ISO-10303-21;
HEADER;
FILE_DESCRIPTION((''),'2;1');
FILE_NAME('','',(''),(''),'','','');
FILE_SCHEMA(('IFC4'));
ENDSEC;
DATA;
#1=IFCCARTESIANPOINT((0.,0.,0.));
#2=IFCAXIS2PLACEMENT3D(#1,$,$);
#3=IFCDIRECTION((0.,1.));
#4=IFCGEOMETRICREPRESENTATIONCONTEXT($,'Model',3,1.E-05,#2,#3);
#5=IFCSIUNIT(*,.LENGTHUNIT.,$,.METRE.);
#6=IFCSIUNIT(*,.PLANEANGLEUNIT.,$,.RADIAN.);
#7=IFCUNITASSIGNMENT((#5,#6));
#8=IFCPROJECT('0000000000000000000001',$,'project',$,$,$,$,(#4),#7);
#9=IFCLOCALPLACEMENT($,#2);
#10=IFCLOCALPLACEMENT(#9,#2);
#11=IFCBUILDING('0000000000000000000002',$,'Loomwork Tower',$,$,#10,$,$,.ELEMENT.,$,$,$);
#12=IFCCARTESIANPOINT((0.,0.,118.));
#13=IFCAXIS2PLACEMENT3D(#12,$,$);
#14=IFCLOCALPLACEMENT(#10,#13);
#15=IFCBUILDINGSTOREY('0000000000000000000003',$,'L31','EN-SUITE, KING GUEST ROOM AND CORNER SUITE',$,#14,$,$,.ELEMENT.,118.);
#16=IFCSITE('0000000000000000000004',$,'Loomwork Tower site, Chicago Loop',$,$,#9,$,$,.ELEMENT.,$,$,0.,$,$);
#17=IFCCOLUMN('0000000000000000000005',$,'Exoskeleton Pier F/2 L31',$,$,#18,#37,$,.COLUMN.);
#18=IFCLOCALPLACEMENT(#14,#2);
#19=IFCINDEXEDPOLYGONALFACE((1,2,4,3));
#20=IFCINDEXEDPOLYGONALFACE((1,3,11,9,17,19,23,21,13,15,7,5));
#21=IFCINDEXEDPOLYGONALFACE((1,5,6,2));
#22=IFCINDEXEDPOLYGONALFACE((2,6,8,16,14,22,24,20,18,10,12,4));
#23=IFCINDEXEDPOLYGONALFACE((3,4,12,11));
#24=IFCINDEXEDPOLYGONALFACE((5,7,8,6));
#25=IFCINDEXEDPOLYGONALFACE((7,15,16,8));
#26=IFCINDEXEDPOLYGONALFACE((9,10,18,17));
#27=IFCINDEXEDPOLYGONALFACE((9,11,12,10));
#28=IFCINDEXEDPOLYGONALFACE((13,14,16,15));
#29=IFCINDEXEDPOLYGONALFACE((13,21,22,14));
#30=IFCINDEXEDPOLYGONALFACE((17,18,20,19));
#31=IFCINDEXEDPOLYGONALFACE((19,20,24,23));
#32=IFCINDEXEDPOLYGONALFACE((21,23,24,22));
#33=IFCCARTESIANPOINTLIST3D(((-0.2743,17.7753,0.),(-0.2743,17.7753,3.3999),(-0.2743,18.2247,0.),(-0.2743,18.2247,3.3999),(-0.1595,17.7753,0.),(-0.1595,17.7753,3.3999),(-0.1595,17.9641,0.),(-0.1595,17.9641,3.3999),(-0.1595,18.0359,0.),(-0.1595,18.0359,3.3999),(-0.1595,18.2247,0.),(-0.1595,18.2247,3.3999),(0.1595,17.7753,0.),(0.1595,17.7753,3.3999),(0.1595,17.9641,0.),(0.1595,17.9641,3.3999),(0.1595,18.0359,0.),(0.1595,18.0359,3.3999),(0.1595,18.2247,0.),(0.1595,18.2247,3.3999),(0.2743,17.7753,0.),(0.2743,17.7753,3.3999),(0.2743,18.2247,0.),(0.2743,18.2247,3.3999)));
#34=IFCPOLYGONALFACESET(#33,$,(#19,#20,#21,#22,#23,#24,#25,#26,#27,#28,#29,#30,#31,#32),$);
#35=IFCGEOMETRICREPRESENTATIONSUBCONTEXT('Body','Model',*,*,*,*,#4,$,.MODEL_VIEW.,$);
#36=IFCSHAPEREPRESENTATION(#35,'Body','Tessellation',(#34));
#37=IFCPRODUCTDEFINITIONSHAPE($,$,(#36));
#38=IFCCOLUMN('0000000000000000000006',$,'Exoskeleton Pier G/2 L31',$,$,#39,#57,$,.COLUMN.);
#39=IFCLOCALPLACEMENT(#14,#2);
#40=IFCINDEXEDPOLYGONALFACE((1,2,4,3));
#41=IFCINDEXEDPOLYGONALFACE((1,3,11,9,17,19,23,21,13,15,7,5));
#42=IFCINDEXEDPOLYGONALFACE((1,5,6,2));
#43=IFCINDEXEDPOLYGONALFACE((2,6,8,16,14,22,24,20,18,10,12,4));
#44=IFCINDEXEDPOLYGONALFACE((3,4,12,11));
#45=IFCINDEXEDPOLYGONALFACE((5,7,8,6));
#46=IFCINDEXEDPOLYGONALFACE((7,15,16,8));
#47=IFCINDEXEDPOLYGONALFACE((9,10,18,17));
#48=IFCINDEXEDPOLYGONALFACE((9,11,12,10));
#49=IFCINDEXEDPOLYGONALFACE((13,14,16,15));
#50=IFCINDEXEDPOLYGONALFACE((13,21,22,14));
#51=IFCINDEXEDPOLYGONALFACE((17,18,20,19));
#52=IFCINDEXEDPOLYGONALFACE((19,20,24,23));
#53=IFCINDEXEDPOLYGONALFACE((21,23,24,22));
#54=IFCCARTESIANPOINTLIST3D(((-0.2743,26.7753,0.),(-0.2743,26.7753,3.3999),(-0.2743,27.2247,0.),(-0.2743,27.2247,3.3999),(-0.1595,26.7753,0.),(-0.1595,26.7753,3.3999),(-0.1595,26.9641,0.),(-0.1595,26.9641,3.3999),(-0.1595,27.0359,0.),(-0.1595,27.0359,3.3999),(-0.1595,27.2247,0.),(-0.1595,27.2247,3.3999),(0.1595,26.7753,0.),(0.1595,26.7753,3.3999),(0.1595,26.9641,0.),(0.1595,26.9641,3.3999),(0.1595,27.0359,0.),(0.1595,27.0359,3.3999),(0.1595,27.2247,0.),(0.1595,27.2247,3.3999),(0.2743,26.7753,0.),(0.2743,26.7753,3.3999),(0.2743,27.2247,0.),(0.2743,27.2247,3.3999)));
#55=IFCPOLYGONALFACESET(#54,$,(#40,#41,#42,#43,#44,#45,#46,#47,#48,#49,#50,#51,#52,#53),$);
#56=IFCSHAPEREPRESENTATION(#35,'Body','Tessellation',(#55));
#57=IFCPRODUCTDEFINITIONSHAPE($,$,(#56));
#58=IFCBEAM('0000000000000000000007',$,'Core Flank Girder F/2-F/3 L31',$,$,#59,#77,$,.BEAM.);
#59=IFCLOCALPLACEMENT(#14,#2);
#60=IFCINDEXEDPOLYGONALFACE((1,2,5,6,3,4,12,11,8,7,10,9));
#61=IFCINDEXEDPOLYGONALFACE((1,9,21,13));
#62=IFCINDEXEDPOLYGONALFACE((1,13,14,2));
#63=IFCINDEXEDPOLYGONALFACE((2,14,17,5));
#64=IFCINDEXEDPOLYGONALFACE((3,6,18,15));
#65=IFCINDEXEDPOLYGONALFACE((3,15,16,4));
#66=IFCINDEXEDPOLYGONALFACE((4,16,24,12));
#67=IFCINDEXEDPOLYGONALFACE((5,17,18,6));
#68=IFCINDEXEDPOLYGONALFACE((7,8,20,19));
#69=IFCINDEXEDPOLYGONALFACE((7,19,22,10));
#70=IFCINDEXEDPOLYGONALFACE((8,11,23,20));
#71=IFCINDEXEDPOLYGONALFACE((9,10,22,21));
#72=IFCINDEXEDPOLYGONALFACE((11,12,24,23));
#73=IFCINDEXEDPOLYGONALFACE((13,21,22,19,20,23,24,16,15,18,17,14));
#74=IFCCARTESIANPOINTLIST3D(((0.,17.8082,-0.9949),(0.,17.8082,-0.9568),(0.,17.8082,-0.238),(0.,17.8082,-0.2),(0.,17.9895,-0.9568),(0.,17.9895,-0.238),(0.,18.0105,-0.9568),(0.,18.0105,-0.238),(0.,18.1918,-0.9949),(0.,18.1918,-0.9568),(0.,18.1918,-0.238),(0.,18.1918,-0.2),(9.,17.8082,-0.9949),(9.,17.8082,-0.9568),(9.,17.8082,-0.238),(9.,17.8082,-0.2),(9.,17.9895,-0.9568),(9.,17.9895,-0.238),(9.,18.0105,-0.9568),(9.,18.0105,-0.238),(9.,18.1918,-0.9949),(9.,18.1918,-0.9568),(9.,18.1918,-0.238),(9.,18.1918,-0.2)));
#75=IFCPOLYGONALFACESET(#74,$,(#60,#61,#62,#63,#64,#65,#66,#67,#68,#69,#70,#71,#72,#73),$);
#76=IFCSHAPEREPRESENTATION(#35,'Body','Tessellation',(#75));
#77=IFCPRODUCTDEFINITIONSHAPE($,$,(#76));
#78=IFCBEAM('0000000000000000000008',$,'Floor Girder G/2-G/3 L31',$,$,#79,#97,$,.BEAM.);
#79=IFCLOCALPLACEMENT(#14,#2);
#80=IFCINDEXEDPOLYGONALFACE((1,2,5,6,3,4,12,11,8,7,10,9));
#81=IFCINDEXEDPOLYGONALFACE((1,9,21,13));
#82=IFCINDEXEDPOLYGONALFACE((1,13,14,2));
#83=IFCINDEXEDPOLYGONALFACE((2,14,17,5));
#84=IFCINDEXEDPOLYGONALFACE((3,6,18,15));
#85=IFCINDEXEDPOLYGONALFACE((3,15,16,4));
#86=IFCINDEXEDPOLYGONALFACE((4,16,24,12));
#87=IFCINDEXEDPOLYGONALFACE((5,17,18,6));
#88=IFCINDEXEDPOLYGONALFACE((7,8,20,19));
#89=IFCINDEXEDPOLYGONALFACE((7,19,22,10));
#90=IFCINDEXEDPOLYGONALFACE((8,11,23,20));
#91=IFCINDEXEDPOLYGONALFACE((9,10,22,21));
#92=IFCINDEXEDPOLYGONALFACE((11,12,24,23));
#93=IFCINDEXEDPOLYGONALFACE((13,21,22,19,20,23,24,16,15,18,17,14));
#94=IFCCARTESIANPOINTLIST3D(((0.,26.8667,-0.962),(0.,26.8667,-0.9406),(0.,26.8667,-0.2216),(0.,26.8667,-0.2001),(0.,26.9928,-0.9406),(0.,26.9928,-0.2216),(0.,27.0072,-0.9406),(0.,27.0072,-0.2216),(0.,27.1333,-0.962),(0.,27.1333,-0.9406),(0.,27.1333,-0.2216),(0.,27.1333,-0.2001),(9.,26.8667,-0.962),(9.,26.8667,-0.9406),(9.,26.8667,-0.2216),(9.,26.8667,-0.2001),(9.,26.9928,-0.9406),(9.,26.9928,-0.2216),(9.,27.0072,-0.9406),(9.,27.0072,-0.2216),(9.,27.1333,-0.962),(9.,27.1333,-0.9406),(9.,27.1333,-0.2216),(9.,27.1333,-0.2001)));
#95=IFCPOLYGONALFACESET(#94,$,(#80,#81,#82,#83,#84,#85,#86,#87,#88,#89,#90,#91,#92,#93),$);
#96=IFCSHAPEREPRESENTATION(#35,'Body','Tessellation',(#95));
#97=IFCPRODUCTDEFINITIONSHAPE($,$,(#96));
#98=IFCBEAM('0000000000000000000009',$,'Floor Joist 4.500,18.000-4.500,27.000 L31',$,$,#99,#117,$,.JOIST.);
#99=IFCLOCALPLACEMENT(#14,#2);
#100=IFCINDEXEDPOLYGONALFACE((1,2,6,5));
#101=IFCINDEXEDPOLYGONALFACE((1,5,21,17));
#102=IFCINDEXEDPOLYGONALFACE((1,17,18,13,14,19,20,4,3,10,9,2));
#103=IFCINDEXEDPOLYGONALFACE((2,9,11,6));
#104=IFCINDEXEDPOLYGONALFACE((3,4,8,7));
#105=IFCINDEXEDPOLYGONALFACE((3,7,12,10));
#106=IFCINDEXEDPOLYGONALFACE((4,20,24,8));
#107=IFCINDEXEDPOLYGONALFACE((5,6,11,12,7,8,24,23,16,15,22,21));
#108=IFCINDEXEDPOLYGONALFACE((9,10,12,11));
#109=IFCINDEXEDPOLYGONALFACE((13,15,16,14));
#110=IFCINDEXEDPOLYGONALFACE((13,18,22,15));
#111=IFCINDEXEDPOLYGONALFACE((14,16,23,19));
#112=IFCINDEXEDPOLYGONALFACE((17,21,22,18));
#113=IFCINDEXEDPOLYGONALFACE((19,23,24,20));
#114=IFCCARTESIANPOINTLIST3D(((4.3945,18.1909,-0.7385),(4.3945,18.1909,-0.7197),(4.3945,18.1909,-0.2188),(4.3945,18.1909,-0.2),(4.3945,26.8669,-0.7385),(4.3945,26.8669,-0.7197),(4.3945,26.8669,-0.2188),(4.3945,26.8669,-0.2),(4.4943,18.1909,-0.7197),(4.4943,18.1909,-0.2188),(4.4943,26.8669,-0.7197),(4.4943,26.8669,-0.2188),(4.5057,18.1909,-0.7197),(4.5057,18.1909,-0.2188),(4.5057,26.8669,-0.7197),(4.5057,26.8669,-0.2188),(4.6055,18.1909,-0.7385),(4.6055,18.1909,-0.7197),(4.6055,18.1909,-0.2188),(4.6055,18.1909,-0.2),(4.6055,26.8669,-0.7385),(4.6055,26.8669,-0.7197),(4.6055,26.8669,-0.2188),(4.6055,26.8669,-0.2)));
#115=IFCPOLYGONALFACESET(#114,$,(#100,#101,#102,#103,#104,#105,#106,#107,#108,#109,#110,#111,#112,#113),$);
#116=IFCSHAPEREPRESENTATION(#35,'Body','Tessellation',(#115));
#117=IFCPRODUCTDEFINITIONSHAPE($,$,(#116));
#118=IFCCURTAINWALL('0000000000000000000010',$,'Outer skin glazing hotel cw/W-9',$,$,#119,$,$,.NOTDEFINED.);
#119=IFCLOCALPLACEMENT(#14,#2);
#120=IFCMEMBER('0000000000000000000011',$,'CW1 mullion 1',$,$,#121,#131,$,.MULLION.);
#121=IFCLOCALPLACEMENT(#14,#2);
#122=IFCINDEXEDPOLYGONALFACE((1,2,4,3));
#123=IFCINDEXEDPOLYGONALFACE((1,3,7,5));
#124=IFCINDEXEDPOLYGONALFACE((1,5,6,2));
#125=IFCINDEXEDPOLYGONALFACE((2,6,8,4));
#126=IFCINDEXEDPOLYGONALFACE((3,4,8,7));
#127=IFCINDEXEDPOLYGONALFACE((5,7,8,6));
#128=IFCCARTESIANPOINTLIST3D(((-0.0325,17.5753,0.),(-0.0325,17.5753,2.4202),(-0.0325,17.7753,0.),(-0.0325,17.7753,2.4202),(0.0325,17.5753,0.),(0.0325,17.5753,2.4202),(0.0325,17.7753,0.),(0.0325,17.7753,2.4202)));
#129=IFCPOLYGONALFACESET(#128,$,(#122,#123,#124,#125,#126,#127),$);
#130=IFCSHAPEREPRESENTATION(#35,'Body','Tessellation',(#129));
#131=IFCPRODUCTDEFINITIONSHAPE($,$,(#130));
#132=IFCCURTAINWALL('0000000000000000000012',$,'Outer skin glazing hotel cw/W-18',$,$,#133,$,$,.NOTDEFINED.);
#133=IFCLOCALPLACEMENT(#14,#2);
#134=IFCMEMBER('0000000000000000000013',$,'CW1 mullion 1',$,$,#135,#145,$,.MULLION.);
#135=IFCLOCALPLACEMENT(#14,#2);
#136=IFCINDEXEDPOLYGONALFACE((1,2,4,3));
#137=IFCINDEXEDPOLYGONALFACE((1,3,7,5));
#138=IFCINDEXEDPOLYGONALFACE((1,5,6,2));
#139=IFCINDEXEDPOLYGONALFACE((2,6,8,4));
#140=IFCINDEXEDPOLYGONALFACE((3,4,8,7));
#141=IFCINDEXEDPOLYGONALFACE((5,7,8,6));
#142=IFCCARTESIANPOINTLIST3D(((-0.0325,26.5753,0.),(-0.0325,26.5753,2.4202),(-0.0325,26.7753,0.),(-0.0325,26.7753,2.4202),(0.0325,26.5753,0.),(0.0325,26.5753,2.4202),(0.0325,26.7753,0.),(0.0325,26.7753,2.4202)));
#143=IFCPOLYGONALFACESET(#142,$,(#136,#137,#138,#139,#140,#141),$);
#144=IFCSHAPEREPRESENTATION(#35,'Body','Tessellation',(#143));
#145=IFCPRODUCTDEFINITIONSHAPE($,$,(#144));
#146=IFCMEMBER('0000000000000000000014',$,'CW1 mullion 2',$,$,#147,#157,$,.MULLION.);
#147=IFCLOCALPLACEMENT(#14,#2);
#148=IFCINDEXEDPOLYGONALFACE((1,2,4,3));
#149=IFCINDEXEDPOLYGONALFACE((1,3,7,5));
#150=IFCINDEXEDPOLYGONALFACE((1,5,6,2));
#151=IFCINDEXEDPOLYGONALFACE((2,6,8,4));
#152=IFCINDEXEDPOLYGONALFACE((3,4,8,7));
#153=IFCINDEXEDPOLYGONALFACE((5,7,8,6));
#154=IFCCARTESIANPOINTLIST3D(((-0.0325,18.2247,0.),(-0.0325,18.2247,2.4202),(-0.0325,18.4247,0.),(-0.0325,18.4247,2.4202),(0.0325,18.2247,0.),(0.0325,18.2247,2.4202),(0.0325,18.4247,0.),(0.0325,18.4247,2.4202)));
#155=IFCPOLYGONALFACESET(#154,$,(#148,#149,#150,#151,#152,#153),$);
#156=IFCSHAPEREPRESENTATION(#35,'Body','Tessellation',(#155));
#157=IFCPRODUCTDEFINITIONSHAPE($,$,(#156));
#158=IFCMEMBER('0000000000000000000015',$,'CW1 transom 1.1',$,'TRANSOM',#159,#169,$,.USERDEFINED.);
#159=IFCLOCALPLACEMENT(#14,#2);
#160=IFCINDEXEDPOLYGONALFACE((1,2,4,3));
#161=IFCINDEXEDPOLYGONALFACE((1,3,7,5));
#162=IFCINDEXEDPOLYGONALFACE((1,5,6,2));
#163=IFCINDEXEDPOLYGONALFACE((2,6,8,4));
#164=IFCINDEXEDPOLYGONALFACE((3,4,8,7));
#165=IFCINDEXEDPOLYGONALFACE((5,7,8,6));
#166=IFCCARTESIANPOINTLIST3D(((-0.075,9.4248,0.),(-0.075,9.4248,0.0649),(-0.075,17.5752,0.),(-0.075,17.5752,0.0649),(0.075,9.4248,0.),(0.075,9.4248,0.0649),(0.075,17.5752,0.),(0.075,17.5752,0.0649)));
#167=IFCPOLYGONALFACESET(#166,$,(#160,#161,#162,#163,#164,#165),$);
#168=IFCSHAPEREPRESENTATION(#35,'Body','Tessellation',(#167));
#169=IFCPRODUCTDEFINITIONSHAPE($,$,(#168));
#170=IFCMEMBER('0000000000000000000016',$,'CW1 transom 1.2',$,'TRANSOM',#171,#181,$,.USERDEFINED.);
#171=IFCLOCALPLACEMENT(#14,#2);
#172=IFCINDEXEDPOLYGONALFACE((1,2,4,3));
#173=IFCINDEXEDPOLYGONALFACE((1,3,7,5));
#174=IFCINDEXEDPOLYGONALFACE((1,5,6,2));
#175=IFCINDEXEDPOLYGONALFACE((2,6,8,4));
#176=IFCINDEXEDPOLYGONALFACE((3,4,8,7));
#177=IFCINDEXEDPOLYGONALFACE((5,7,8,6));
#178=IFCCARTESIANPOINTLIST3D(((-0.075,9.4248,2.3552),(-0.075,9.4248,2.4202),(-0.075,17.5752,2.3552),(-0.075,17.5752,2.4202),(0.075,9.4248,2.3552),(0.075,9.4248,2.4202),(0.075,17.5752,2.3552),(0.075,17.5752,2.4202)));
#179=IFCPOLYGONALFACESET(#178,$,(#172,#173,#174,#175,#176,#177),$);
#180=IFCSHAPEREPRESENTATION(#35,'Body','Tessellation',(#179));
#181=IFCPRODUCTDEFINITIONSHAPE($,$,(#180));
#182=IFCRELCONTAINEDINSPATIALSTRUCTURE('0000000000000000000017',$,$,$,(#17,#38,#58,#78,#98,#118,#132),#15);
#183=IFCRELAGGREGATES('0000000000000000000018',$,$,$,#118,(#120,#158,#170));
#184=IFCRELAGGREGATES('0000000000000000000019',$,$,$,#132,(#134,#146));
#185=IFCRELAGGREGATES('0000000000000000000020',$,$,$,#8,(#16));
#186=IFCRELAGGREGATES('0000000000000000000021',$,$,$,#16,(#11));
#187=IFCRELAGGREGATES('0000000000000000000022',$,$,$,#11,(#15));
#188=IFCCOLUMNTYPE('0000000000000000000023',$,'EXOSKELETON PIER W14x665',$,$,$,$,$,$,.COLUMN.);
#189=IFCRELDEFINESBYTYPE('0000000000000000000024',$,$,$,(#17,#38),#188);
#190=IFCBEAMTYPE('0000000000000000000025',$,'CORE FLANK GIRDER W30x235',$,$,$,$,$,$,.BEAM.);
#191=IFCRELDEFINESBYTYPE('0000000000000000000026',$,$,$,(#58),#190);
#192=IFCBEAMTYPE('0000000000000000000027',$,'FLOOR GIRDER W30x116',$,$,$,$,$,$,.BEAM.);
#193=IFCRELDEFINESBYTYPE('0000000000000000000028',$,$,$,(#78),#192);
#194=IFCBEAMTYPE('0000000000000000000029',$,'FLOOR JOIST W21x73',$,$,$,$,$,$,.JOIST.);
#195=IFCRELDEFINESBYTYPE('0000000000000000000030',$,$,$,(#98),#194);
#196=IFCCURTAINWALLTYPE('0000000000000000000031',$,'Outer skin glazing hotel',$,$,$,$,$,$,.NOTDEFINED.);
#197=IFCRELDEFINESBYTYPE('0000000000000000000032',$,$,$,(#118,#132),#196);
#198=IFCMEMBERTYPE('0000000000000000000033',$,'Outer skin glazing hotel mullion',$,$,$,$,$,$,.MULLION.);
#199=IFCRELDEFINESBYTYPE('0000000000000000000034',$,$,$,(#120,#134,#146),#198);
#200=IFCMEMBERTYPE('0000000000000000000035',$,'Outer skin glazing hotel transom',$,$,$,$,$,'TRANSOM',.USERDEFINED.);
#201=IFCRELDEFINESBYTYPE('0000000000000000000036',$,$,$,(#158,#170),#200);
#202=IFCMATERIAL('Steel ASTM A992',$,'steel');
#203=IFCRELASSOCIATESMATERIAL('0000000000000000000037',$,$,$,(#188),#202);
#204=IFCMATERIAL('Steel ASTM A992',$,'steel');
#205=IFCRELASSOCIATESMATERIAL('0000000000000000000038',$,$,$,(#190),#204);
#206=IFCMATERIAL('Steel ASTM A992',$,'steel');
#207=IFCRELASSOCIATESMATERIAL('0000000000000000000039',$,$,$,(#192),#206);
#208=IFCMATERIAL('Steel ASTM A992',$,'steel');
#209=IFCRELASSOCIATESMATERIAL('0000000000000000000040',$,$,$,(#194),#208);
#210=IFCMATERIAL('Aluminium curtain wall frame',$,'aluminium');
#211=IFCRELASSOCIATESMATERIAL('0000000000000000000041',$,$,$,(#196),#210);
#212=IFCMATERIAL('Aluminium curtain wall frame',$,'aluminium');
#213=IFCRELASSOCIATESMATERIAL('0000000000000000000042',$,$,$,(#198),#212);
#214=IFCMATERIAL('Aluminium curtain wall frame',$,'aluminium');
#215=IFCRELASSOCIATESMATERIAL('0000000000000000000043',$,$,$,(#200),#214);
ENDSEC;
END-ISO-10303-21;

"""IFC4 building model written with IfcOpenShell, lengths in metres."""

from ifc_helpers import new_model, si_unit, direction, frame, origin, origin_2d, place, context, subcontext, project, spatial, rectangle, i_section, extrude, material, material_profile, profile_set, type_object, element, aggregate, save


model = new_model("IFC4")

# Units and contexts
model_context = context("Model", 3, precision=1e-05, world=origin(), true_north=direction((0.0, 1.0)))
body_context = subcontext(model_context, "Body", "Model", "MODEL_VIEW")
ifc_project = project(units=[si_unit("LENGTHUNIT", "METRE"), si_unit("PLANEANGLEUNIT", "RADIAN")], contexts=[model_context])

# Site, building, storey
site_placement = place(None, origin())
site = spatial("IfcSite", under=ifc_project, at=site_placement, Name="Loomwork Tower site, Chicago Loop", CompositionType="ELEMENT", RefElevation=0.0)
building_placement = place(site_placement, origin())
building = spatial("IfcBuilding", under=site, at=building_placement, Name="Loomwork Tower", CompositionType="ELEMENT")
storey_placement = place(building_placement, frame((0.0, 0.0, 118.0)))
storey = spatial("IfcBuildingStorey", under=building, at=storey_placement, Name="L31", Description="EN-SUITE, KING GUEST ROOM AND CORNER SUITE", CompositionType="ELEMENT", Elevation=118.0)

# Columns
ifc_material_1 = material(Name="Steel ASTM A992", Category="steel")
ifc_material_profile_1 = material_profile(ifc_material_1, i_section(OverallWidth=0.4495, OverallDepth=0.5486, WebThickness=0.0718, FlangeThickness=0.1147, at=origin_2d()), Name="W14x665")
ifc_profile_set_1 = profile_set([ifc_material_profile_1], Name="Steel ASTM A992")
column_type = type_object("IfcColumnType", Name="EXOSKELETON PIER W14x665", PredefinedType="COLUMN", material=ifc_profile_set_1)
for number, where, z_axis, x_axis, name in (
    (1, (0.0, 18.0, 0.0), (0.0, 0.0, 1.0), (0.0, 1.0, 0.0), "Exoskeleton Pier F/2 L31"),
    (2, (0.0, 27.0, 0.0), (0.0, 0.0, 1.0), (0.0, 1.0, 0.0), "Exoskeleton Pier G/2 L31"),
):
    element("IfcColumn", number, at=place(storey_placement, frame(where, z_axis=z_axis, x_axis=x_axis)), inside=storey, type_object=column_type, Name=name, PredefinedType="COLUMN", context=body_context, shape_type="SweptSolid", body=[
        extrude(i_section(OverallWidth=0.4495, OverallDepth=0.5486, WebThickness=0.0718, FlangeThickness=0.1147, at=origin_2d()), origin(), (0.0, 0.0, 1.0), 3.3999),
    ])

# Beams
ifc_material_2 = material(Name="Steel ASTM A992", Category="steel")
ifc_material_profile_2 = material_profile(ifc_material_2, i_section(OverallWidth=0.3835, OverallDepth=0.7949, WebThickness=0.021, FlangeThickness=0.0381, at=origin_2d()), Name="W30x235")
ifc_profile_set_2 = profile_set([ifc_material_profile_2], Name="Steel ASTM A992")
beam_type_1 = type_object("IfcBeamType", Name="CORE FLANK GIRDER W30x235", PredefinedType="BEAM", material=ifc_profile_set_2)
beam_1_placement = place(storey_placement, frame((0.0, 18.0, -0.5974), z_axis=(1.0, 0.0, 0.0), x_axis=(0.0, 1.0, 0.0)))
element("IfcBeam", 3, at=beam_1_placement, inside=storey, type_object=beam_type_1, Name="Core Flank Girder F/2-F/3 L31", PredefinedType="BEAM", context=body_context, shape_type="SweptSolid", body=[
    extrude(i_section(OverallWidth=0.3835, OverallDepth=0.7949, WebThickness=0.021, FlangeThickness=0.0381, at=origin_2d()), origin(), (0.0, 0.0, 1.0), 9.0),
])
ifc_material_3 = material(Name="Steel ASTM A992", Category="steel")
ifc_material_profile_3 = material_profile(ifc_material_3, i_section(OverallWidth=0.2666, OverallDepth=0.762, WebThickness=0.0144, FlangeThickness=0.0215, at=origin_2d()), Name="W30x116")
ifc_profile_set_3 = profile_set([ifc_material_profile_3], Name="Steel ASTM A992")
beam_type_2 = type_object("IfcBeamType", Name="FLOOR GIRDER W30x116", PredefinedType="BEAM", material=ifc_profile_set_3)
beam_2_placement = place(storey_placement, frame((0.0, 27.0, -0.5811), z_axis=(1.0, 0.0, 0.0), x_axis=(0.0, 1.0, 0.0)))
element("IfcBeam", 4, at=beam_2_placement, inside=storey, type_object=beam_type_2, Name="Floor Girder G/2-G/3 L31", PredefinedType="BEAM", context=body_context, shape_type="SweptSolid", body=[
    extrude(i_section(OverallWidth=0.2666, OverallDepth=0.762, WebThickness=0.0144, FlangeThickness=0.0215, at=origin_2d()), origin(), (0.0, 0.0, 1.0), 9.0),
])
ifc_material_4 = material(Name="Steel ASTM A992", Category="steel")
ifc_material_profile_4 = material_profile(ifc_material_4, i_section(OverallWidth=0.2109, OverallDepth=0.5386, WebThickness=0.0115, FlangeThickness=0.0188, at=origin_2d()), Name="W21x73")
ifc_profile_set_4 = profile_set([ifc_material_profile_4], Name="Steel ASTM A992")
beam_type_3 = type_object("IfcBeamType", Name="FLOOR JOIST W21x73", PredefinedType="JOIST", material=ifc_profile_set_4)
beam_3_placement = place(storey_placement, frame((4.5, 18.1909, -0.4692), z_axis=(0.0, 1.0, 0.0), x_axis=(-1.0, 0.0, 0.0)))
element("IfcBeam", 5, at=beam_3_placement, inside=storey, type_object=beam_type_3, Name="Floor Joist 4.500,18.000-4.500,27.000 L31", PredefinedType="JOIST", context=body_context, shape_type="SweptSolid", body=[
    extrude(i_section(OverallWidth=0.2109, OverallDepth=0.5386, WebThickness=0.0115, FlangeThickness=0.0188, at=origin_2d()), origin(), (0.0, 0.0, 1.0), 8.676),
])

# Curtain wall, member
ifc_material_5 = material(Name="Aluminium curtain wall frame", Category="aluminium")
curtain_wall_type = type_object("IfcCurtainWallType", Name="Outer skin glazing hotel", PredefinedType="NOTDEFINED", material=ifc_material_5)
curtain_wall_1_placement = place(storey_placement, origin())
curtain_wall_1 = element("IfcCurtainWall", 6, at=curtain_wall_1_placement, inside=storey, type_object=curtain_wall_type, Name="Outer skin glazing hotel cw/W-9", PredefinedType="NOTDEFINED")
ifc_material_6 = material(Name="Aluminium curtain wall frame", Category="aluminium")
ifc_material_profile_5 = material_profile(ifc_material_6, rectangle(XDim=0.0649, YDim=0.2, at=origin_2d()), Name="AL 65x200")
ifc_profile_set_5 = profile_set([ifc_material_profile_5], Name="Aluminium curtain wall frame")
member_type_1 = type_object("IfcMemberType", Name="Outer skin glazing hotel mullion", PredefinedType="MULLION", material=ifc_profile_set_5)
member_1_placement = place(storey_placement, frame((0.0, 17.6753, 0.0), z_axis=(0.0, 0.0, 1.0), x_axis=(1.0, 0.0, 0.0)))
member_1 = element("IfcMember", 7, at=member_1_placement, type_object=member_type_1, Name="CW1 mullion 1", PredefinedType="MULLION", context=body_context, shape_type="SweptSolid", body=[
    extrude(rectangle(XDim=0.0649, YDim=0.2, at=origin_2d()), origin(), (0.0, 0.0, 1.0), 2.4202),
])

# Curtain wall, members
curtain_wall_2_placement = place(storey_placement, origin())
curtain_wall_2 = element("IfcCurtainWall", 8, at=curtain_wall_2_placement, inside=storey, type_object=curtain_wall_type, Name="Outer skin glazing hotel cw/W-18", PredefinedType="NOTDEFINED")
member_2_placement = place(storey_placement, frame((0.0, 26.6753, 0.0), z_axis=(0.0, 0.0, 1.0), x_axis=(1.0, 0.0, 0.0)))
member_2 = element("IfcMember", 9, at=member_2_placement, type_object=member_type_1, Name="CW1 mullion 1", PredefinedType="MULLION", context=body_context, shape_type="SweptSolid", body=[
    extrude(rectangle(XDim=0.0649, YDim=0.2, at=origin_2d()), origin(), (0.0, 0.0, 1.0), 2.4202),
])
member_3_placement = place(storey_placement, frame((0.0, 18.3247, 0.0), z_axis=(0.0, 0.0, 1.0), x_axis=(1.0, 0.0, 0.0)))
member_3 = element("IfcMember", 10, at=member_3_placement, type_object=member_type_1, Name="CW1 mullion 2", PredefinedType="MULLION", context=body_context, shape_type="SweptSolid", body=[
    extrude(rectangle(XDim=0.0649, YDim=0.2, at=origin_2d()), origin(), (0.0, 0.0, 1.0), 2.4202),
])

# Members
ifc_material_7 = material(Name="Aluminium curtain wall frame", Category="aluminium")
ifc_material_profile_6 = material_profile(ifc_material_7, rectangle(XDim=0.1499, YDim=0.0649, at=origin_2d()), Name="AL 65x150")
ifc_profile_set_6 = profile_set([ifc_material_profile_6], Name="Aluminium curtain wall frame")
member_type_2 = type_object("IfcMemberType", Name="Outer skin glazing hotel transom", ElementType="TRANSOM", PredefinedType="USERDEFINED", material=ifc_profile_set_6)
member_4_placement = place(storey_placement, frame((0.0, 17.5752, 0.0325), z_axis=(0.0, -1.0, 0.0), x_axis=(1.0, 0.0, 0.0)))
member_4 = element("IfcMember", 11, at=member_4_placement, type_object=member_type_2, Name="CW1 transom 1.1", ObjectType="TRANSOM", PredefinedType="USERDEFINED", context=body_context, shape_type="SweptSolid", body=[
    extrude(rectangle(XDim=0.1499, YDim=0.0649, at=origin_2d()), origin(), (0.0, 0.0, 1.0), 8.1504),
])
member_5_placement = place(storey_placement, frame((0.0, 17.5752, 2.3877), z_axis=(0.0, -1.0, 0.0), x_axis=(1.0, 0.0, 0.0)))
member_5 = element("IfcMember", 12, at=member_5_placement, type_object=member_type_2, Name="CW1 transom 1.2", ObjectType="TRANSOM", PredefinedType="USERDEFINED", context=body_context, shape_type="SweptSolid", body=[
    extrude(rectangle(XDim=0.1499, YDim=0.0649, at=origin_2d()), origin(), (0.0, 0.0, 1.0), 8.1504),
])
aggregate(curtain_wall_1, [member_1, member_4, member_5])

aggregate(curtain_wall_2, [member_2, member_3])

save(model, "model.ifc")
